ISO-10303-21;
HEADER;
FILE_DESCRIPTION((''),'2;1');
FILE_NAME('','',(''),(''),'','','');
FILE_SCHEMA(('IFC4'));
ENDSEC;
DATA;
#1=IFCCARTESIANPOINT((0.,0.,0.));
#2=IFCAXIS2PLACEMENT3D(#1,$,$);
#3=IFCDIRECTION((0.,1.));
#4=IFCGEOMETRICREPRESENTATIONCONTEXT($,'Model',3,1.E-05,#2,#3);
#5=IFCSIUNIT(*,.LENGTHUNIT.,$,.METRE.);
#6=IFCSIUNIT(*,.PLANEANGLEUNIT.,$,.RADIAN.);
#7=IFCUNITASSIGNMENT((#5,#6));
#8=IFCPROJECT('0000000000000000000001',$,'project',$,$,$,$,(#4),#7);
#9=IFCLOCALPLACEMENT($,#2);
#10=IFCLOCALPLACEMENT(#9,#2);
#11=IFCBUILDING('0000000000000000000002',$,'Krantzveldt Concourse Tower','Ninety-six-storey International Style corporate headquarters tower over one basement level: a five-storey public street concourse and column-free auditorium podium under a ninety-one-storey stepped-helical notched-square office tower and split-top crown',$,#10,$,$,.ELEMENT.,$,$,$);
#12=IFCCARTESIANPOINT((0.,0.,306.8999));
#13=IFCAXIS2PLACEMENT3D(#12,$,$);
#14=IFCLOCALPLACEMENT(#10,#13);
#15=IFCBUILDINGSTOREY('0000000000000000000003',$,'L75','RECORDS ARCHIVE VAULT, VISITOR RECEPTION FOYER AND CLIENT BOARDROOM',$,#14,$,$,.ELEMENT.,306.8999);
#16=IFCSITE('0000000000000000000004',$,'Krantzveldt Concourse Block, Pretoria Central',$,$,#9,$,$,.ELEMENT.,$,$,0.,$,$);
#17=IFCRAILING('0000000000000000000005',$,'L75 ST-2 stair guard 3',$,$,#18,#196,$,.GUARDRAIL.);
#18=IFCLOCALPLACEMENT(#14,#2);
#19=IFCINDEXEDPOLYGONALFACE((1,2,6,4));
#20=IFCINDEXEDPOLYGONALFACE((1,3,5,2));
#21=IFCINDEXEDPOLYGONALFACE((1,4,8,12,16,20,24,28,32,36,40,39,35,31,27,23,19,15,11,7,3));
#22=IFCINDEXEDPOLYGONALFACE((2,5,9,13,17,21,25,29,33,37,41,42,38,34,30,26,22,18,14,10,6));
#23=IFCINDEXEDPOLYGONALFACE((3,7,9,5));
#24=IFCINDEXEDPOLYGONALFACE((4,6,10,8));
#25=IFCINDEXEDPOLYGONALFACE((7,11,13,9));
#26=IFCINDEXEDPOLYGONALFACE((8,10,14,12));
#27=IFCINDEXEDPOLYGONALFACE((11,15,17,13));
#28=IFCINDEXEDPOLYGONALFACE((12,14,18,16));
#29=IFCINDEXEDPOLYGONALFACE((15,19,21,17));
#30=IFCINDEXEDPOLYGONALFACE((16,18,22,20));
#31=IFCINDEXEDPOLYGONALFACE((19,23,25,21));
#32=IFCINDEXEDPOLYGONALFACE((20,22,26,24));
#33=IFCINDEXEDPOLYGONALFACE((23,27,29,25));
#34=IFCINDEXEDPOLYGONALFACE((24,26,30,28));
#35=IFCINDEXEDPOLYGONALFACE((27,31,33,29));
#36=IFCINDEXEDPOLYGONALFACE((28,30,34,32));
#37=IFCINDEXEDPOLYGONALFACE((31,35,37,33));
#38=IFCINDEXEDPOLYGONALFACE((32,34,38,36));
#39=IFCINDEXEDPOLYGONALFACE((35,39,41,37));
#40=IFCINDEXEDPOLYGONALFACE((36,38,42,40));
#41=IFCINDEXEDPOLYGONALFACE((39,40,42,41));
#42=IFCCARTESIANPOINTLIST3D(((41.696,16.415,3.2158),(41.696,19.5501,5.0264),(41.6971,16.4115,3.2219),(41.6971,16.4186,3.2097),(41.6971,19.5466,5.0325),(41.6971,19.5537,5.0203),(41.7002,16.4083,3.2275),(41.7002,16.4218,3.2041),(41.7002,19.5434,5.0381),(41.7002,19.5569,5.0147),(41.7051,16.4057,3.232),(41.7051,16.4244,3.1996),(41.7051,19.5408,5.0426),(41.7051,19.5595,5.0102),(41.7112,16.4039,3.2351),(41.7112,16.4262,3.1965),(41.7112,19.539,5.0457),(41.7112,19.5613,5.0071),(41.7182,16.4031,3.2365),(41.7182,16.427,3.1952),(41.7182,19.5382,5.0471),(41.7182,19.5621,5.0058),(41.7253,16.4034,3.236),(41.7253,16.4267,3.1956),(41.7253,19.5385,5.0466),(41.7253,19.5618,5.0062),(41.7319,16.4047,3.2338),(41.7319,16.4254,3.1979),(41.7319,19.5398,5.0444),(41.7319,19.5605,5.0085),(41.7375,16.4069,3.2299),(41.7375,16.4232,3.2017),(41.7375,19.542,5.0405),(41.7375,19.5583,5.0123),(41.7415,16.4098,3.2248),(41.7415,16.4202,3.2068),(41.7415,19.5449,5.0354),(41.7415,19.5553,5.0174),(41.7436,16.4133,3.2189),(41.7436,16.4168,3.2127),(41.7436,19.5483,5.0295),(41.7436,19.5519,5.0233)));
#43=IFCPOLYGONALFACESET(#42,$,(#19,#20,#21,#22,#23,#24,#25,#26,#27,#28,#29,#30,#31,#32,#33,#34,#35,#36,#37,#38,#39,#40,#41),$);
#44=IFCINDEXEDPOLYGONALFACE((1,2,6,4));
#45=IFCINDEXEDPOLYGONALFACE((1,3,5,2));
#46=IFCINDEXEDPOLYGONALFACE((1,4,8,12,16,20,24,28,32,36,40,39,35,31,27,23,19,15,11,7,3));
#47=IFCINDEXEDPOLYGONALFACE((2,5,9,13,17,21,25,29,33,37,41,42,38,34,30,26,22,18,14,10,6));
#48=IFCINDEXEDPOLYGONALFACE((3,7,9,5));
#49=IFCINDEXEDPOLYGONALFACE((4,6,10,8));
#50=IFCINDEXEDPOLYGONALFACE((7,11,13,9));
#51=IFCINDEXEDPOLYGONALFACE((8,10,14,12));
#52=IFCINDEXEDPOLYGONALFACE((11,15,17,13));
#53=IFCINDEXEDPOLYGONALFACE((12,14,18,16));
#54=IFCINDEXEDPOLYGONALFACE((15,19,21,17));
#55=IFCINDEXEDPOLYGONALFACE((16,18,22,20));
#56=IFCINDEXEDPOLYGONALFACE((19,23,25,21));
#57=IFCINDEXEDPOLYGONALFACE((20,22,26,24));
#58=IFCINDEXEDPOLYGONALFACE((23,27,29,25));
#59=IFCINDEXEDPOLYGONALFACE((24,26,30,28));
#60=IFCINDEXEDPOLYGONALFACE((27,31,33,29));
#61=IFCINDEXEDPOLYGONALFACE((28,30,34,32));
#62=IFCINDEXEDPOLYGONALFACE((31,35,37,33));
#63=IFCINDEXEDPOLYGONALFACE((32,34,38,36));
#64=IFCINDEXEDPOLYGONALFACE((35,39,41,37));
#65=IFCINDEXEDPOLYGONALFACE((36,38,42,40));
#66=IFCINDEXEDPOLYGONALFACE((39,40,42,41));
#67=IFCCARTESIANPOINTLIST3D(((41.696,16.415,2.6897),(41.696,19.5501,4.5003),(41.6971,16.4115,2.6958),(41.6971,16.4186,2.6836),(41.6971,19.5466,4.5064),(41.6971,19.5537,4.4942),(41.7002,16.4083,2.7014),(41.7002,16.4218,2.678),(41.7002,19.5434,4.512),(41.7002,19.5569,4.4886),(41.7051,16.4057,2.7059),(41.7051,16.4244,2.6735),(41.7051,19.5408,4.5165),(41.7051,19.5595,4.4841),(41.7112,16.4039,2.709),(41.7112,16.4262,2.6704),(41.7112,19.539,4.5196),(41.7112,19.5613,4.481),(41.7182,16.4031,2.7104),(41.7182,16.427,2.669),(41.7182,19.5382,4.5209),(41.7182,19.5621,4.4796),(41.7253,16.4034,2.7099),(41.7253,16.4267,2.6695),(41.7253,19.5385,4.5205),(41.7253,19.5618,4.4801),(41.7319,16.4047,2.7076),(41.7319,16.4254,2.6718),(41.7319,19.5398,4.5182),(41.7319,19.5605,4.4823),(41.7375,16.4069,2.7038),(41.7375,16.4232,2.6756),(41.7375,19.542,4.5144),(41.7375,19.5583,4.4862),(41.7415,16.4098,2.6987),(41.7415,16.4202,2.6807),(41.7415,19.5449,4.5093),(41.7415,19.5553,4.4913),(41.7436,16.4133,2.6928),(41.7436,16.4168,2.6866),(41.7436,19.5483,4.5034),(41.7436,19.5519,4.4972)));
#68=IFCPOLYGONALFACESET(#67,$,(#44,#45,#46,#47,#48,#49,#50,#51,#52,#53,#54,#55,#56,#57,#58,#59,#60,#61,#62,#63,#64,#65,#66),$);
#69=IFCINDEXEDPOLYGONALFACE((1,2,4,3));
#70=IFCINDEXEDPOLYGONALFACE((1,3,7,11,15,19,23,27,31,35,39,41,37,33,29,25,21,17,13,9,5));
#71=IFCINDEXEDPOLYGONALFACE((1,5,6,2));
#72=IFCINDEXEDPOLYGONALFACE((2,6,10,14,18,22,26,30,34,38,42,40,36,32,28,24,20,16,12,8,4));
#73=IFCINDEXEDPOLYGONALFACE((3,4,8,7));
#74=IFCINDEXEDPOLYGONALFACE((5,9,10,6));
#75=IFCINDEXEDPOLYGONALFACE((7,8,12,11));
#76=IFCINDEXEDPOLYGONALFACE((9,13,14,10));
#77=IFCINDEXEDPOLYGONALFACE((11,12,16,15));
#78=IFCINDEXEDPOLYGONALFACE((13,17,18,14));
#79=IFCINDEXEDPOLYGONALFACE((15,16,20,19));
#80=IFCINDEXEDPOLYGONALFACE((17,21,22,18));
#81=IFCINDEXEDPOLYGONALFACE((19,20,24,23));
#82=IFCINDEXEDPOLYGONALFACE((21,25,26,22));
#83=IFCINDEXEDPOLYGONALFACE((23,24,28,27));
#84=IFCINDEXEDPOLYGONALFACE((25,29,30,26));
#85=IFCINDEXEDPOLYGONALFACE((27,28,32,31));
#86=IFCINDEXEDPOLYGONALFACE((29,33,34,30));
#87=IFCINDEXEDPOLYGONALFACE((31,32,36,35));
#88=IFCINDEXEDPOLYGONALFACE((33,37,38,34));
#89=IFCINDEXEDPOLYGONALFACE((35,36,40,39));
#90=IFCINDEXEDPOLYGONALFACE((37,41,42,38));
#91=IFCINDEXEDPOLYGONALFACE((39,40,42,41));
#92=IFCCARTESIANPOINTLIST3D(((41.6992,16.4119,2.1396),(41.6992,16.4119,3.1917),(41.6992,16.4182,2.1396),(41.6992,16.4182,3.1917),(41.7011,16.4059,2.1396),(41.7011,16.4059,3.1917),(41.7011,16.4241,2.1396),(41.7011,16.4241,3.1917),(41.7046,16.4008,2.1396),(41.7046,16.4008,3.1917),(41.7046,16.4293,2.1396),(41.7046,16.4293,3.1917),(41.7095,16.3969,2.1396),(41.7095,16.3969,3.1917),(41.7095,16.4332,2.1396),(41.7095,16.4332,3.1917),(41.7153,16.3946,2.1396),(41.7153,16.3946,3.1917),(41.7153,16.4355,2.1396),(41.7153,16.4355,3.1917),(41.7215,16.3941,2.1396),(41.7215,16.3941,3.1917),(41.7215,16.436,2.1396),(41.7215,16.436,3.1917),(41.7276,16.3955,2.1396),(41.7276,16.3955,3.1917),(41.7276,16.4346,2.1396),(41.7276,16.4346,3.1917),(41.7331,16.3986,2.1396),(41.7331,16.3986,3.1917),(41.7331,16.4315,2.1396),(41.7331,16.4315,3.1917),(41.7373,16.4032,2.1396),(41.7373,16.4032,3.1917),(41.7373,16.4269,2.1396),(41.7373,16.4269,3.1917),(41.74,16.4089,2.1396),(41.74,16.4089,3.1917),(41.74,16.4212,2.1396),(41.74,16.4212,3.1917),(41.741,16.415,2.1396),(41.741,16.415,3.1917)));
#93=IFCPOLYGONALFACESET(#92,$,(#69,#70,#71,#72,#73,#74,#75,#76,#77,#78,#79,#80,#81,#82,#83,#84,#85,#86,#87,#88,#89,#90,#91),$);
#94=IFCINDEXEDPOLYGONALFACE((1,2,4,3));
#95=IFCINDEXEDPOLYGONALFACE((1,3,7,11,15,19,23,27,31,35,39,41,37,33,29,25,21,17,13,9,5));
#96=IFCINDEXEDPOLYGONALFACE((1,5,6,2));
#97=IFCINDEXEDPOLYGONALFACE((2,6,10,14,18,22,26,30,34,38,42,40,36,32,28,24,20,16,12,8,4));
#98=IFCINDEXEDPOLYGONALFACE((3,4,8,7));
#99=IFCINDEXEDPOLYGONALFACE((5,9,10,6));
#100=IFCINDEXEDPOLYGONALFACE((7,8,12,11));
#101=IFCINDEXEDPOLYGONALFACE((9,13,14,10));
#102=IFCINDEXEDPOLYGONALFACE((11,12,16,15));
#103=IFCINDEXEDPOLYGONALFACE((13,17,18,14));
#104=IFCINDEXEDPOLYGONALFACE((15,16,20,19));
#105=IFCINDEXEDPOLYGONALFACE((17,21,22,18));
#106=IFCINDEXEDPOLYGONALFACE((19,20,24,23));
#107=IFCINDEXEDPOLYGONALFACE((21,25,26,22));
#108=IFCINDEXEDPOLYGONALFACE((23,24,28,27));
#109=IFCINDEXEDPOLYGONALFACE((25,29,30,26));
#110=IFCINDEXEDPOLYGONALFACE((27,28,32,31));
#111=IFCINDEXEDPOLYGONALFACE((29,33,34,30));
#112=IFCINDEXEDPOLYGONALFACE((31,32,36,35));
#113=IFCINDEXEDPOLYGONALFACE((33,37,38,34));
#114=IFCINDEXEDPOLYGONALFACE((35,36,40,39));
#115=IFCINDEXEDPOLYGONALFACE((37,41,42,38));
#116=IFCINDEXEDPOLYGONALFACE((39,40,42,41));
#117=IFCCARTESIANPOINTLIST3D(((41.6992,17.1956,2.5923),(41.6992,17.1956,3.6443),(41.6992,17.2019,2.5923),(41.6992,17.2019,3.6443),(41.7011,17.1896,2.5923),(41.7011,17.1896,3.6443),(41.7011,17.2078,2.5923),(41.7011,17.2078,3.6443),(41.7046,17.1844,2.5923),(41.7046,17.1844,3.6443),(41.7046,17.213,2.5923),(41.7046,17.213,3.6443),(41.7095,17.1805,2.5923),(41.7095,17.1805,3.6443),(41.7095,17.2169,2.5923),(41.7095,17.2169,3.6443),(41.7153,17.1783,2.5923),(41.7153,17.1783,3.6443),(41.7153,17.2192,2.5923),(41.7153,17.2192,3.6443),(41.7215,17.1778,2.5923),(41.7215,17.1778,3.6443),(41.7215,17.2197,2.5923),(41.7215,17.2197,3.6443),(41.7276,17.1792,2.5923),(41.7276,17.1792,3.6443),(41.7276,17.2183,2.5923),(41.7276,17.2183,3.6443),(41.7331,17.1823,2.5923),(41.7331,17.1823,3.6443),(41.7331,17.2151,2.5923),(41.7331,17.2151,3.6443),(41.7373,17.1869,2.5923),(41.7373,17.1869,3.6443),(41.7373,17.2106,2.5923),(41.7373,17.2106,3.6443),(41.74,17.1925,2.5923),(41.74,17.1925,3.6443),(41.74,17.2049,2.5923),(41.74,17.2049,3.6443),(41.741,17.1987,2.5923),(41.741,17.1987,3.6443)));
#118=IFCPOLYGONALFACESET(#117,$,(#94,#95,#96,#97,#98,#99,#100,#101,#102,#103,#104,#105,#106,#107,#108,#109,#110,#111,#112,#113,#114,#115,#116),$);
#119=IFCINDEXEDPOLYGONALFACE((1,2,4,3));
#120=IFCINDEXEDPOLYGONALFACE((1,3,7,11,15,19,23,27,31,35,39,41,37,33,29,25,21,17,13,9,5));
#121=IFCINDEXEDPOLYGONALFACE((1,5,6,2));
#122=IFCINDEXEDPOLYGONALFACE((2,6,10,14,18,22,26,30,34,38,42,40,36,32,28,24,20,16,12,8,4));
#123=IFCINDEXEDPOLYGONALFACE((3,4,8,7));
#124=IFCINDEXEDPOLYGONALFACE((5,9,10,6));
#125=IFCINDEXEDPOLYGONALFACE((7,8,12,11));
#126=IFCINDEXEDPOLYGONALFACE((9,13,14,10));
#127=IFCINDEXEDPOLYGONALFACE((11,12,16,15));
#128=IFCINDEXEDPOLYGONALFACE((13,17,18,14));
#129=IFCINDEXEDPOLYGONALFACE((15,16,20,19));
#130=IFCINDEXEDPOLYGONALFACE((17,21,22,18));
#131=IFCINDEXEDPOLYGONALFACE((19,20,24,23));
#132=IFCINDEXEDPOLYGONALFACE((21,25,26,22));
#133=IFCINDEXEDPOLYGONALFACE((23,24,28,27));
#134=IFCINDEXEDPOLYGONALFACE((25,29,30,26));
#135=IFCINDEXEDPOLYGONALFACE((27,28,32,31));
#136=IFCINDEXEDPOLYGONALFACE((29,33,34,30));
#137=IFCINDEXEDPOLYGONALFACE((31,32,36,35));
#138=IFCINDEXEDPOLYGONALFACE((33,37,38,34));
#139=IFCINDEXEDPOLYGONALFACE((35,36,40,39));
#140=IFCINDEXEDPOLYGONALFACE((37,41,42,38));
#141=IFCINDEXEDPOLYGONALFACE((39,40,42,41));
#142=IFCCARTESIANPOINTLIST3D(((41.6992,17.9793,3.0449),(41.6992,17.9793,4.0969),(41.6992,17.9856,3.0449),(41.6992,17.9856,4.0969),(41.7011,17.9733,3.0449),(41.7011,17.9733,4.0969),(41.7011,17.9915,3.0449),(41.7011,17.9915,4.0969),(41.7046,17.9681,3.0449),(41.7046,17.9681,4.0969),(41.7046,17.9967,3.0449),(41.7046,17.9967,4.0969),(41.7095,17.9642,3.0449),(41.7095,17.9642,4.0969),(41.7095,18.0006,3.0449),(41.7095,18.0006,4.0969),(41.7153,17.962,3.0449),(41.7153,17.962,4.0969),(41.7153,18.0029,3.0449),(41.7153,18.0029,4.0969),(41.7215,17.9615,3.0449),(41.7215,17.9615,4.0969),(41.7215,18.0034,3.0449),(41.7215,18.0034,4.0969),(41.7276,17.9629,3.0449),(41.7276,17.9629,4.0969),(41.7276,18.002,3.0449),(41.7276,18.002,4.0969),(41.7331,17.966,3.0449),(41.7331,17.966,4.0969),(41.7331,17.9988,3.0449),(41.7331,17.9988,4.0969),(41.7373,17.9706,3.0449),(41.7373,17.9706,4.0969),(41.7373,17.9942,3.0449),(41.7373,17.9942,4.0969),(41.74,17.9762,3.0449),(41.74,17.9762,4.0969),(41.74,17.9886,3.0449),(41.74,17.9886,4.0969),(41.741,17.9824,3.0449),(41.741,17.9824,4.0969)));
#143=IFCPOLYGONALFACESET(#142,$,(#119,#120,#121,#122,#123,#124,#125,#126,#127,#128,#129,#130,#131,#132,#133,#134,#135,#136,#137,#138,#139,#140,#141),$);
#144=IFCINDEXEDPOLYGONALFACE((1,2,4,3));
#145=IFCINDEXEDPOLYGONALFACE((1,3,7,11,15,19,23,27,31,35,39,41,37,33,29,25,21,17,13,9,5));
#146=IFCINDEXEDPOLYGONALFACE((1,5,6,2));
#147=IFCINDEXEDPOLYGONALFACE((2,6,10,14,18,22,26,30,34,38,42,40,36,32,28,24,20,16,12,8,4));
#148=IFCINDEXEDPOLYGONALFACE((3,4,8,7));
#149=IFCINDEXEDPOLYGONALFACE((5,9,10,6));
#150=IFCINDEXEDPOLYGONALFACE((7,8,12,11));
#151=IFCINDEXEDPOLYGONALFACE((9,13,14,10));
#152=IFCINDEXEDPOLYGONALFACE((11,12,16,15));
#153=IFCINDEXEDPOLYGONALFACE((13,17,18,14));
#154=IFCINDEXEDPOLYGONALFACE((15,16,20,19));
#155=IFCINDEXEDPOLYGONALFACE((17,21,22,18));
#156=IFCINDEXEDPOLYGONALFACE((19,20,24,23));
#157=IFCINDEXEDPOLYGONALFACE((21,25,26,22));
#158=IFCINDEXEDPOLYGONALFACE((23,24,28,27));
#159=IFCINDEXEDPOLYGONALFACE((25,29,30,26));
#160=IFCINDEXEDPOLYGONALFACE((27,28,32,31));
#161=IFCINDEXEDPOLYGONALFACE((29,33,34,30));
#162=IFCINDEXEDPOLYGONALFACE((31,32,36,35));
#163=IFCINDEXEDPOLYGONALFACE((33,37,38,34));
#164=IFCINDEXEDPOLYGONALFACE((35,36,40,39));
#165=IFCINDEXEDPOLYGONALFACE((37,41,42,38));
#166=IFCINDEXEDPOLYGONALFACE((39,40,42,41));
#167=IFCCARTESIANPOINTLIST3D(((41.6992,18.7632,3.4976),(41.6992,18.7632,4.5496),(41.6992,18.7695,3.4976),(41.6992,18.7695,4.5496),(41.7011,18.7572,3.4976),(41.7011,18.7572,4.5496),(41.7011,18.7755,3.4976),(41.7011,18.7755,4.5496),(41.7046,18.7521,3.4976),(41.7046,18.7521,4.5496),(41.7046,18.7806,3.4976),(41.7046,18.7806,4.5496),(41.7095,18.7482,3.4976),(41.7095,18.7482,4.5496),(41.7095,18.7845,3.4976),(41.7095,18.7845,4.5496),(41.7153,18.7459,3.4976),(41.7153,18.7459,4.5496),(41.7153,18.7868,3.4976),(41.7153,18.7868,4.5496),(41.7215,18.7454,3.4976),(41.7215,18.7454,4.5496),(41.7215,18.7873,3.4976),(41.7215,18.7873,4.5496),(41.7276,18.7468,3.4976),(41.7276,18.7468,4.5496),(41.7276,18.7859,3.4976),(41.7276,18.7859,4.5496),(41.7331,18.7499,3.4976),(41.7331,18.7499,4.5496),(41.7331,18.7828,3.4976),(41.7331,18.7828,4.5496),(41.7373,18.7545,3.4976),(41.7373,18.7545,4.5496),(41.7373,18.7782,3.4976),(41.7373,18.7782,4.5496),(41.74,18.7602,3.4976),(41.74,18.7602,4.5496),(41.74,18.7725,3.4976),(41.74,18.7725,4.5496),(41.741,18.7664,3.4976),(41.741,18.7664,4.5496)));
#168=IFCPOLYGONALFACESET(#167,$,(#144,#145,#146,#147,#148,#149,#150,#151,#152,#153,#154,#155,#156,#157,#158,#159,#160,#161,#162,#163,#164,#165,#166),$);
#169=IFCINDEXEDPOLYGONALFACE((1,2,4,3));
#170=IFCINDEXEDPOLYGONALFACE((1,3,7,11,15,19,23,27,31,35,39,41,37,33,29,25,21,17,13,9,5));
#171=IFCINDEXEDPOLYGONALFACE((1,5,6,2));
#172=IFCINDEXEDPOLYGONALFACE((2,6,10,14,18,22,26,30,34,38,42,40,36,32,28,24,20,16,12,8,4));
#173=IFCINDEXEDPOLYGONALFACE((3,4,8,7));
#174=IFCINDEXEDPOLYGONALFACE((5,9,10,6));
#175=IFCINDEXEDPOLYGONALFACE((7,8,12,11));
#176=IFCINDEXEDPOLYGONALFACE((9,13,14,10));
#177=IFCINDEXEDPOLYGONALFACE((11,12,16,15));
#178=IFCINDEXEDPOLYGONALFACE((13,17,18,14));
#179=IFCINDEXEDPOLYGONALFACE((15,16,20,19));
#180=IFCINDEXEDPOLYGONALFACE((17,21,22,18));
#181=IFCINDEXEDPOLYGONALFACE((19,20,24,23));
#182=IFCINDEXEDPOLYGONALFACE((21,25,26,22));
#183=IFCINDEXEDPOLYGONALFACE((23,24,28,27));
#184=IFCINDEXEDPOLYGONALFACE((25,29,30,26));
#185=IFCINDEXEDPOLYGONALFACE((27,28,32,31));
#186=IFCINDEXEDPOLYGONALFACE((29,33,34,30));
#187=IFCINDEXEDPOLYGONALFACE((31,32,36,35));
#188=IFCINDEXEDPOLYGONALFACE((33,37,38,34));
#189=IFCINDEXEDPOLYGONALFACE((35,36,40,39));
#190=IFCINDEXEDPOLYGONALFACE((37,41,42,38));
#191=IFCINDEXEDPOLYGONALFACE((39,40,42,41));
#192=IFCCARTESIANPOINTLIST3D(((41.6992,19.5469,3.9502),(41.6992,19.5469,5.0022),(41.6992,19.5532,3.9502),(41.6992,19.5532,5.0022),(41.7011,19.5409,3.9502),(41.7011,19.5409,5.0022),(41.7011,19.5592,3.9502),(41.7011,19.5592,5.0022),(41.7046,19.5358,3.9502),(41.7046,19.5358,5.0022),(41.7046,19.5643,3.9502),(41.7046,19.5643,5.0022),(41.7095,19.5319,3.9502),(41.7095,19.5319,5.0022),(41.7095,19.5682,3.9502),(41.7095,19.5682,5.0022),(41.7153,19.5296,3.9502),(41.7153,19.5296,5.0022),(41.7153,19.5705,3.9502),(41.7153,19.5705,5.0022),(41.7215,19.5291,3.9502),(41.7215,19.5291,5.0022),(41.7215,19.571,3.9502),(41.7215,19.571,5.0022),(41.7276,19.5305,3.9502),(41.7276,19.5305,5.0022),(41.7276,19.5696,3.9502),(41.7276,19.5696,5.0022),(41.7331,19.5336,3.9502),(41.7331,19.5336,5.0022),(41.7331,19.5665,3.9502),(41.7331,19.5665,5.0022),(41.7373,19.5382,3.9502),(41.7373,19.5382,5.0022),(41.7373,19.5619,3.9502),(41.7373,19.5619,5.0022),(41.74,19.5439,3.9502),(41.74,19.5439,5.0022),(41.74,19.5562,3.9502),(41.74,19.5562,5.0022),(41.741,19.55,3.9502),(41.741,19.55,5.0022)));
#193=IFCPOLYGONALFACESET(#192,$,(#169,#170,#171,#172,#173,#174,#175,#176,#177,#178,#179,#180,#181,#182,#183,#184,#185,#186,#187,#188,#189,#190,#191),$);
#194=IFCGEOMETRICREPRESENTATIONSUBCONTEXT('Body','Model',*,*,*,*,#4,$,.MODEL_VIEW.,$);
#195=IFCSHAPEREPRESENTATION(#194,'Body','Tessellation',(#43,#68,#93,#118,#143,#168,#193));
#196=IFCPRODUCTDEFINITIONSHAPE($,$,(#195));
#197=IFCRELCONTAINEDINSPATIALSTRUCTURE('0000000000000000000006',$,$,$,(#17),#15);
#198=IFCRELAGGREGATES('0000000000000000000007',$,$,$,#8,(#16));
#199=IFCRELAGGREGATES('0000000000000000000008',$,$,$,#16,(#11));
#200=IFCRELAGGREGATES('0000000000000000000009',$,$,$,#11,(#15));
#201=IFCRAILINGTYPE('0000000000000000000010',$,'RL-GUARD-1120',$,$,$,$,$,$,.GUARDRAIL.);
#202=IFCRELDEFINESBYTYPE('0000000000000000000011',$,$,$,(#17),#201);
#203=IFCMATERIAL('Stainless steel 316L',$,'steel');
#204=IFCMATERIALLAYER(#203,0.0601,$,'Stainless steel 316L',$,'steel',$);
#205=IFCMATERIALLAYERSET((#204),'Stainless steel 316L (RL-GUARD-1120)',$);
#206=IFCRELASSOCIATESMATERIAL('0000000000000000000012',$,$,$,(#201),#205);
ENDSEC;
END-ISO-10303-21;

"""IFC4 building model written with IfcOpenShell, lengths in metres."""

from ifc_helpers import new_model, si_unit, direction, frame, origin, origin_2d, place, context, subcontext, project, spatial, circle, extrude, material, layer, layer_set, type_object, element, save


model = new_model("IFC4")

# Units and contexts
model_context = context("Model", 3, precision=1e-05, world=origin(), true_north=direction((0.0, 1.0)))
body_context = subcontext(model_context, "Body", "Model", "MODEL_VIEW")
ifc_project = project(units=[si_unit("LENGTHUNIT", "METRE"), si_unit("PLANEANGLEUNIT", "RADIAN")], contexts=[model_context])

# Site, building, storey
site_placement = place(None, origin())
site = spatial("IfcSite", under=ifc_project, at=site_placement, Name="Krantzveldt Concourse Block, Pretoria Central", CompositionType="ELEMENT", RefElevation=0.0)
building_placement = place(site_placement, origin())
building = spatial("IfcBuilding", under=site, at=building_placement, Name="Krantzveldt Concourse Tower", Description="Ninety-six-storey International Style corporate headquarters tower over one basement level: a five-storey public street concourse and column-free auditorium podium under a ninety-one-storey stepped-helical notched-square office tower and split-top crown", CompositionType="ELEMENT")
storey_placement = place(building_placement, frame((0.0, 0.0, 306.8999)))
storey = spatial("IfcBuildingStorey", under=building, at=storey_placement, Name="L75", Description="RECORDS ARCHIVE VAULT, VISITOR RECEPTION FOYER AND CLIENT BOARDROOM", CompositionType="ELEMENT", Elevation=306.8999)

# Shared definitions
ifc_material_1 = material(Name="Stainless steel 316L", Category="steel")

# Railing
ifc_layer_1 = layer(ifc_material_1, 0.0601, Name="Stainless steel 316L", Category="steel")
ifc_layer_set_1 = layer_set([ifc_layer_1], Name="Stainless steel 316L (RL-GUARD-1120)")
railing_type = type_object("IfcRailingType", Name="RL-GUARD-1120", PredefinedType="GUARDRAIL", material=ifc_layer_set_1)
railing_1_placement = place(storey_placement, frame((41.72, 16.415, 2.1396)))
element("IfcRailing", 1, at=railing_1_placement, inside=storey, type_object=railing_type, Name="L75 ST-2 stair guard 3", PredefinedType="GUARDRAIL", context=body_context, shape_type="SweptSolid", body=[
    extrude(circle(Radius=0.0239, at=origin_2d()), frame((0.0, 0.0, 1.0762), z_axis=(0.0, 0.86596, 0.500114), x_axis=(-1.0, 0.0, 0.0)), (0.0, 0.0, 1.0), 3.6204),
    extrude(circle(Radius=0.0239, at=origin_2d()), frame((0.0, 0.0, 0.55), z_axis=(0.0, 0.86596, 0.500114), x_axis=(-1.0, 0.0, 0.0)), (0.0, 0.0, 1.0), 3.6204),
    extrude(circle(Radius=0.021, at=origin_2d()), origin(), (0.0, 0.0, 1.0), 1.052),
    extrude(circle(Radius=0.021, at=origin_2d()), frame((0.0, 0.7837, 0.4526)), (0.0, 0.0, 1.0), 1.052),
    extrude(circle(Radius=0.021, at=origin_2d()), frame((0.0, 1.5674, 0.9053)), (0.0, 0.0, 1.0), 1.052),
    extrude(circle(Radius=0.021, at=origin_2d()), frame((0.0, 2.3513, 1.3579)), (0.0, 0.0, 1.0), 1.052),
    extrude(circle(Radius=0.021, at=origin_2d()), frame((0.0, 3.135, 1.8105)), (0.0, 0.0, 1.0), 1.052),
])

save(model, "model.ifc")
